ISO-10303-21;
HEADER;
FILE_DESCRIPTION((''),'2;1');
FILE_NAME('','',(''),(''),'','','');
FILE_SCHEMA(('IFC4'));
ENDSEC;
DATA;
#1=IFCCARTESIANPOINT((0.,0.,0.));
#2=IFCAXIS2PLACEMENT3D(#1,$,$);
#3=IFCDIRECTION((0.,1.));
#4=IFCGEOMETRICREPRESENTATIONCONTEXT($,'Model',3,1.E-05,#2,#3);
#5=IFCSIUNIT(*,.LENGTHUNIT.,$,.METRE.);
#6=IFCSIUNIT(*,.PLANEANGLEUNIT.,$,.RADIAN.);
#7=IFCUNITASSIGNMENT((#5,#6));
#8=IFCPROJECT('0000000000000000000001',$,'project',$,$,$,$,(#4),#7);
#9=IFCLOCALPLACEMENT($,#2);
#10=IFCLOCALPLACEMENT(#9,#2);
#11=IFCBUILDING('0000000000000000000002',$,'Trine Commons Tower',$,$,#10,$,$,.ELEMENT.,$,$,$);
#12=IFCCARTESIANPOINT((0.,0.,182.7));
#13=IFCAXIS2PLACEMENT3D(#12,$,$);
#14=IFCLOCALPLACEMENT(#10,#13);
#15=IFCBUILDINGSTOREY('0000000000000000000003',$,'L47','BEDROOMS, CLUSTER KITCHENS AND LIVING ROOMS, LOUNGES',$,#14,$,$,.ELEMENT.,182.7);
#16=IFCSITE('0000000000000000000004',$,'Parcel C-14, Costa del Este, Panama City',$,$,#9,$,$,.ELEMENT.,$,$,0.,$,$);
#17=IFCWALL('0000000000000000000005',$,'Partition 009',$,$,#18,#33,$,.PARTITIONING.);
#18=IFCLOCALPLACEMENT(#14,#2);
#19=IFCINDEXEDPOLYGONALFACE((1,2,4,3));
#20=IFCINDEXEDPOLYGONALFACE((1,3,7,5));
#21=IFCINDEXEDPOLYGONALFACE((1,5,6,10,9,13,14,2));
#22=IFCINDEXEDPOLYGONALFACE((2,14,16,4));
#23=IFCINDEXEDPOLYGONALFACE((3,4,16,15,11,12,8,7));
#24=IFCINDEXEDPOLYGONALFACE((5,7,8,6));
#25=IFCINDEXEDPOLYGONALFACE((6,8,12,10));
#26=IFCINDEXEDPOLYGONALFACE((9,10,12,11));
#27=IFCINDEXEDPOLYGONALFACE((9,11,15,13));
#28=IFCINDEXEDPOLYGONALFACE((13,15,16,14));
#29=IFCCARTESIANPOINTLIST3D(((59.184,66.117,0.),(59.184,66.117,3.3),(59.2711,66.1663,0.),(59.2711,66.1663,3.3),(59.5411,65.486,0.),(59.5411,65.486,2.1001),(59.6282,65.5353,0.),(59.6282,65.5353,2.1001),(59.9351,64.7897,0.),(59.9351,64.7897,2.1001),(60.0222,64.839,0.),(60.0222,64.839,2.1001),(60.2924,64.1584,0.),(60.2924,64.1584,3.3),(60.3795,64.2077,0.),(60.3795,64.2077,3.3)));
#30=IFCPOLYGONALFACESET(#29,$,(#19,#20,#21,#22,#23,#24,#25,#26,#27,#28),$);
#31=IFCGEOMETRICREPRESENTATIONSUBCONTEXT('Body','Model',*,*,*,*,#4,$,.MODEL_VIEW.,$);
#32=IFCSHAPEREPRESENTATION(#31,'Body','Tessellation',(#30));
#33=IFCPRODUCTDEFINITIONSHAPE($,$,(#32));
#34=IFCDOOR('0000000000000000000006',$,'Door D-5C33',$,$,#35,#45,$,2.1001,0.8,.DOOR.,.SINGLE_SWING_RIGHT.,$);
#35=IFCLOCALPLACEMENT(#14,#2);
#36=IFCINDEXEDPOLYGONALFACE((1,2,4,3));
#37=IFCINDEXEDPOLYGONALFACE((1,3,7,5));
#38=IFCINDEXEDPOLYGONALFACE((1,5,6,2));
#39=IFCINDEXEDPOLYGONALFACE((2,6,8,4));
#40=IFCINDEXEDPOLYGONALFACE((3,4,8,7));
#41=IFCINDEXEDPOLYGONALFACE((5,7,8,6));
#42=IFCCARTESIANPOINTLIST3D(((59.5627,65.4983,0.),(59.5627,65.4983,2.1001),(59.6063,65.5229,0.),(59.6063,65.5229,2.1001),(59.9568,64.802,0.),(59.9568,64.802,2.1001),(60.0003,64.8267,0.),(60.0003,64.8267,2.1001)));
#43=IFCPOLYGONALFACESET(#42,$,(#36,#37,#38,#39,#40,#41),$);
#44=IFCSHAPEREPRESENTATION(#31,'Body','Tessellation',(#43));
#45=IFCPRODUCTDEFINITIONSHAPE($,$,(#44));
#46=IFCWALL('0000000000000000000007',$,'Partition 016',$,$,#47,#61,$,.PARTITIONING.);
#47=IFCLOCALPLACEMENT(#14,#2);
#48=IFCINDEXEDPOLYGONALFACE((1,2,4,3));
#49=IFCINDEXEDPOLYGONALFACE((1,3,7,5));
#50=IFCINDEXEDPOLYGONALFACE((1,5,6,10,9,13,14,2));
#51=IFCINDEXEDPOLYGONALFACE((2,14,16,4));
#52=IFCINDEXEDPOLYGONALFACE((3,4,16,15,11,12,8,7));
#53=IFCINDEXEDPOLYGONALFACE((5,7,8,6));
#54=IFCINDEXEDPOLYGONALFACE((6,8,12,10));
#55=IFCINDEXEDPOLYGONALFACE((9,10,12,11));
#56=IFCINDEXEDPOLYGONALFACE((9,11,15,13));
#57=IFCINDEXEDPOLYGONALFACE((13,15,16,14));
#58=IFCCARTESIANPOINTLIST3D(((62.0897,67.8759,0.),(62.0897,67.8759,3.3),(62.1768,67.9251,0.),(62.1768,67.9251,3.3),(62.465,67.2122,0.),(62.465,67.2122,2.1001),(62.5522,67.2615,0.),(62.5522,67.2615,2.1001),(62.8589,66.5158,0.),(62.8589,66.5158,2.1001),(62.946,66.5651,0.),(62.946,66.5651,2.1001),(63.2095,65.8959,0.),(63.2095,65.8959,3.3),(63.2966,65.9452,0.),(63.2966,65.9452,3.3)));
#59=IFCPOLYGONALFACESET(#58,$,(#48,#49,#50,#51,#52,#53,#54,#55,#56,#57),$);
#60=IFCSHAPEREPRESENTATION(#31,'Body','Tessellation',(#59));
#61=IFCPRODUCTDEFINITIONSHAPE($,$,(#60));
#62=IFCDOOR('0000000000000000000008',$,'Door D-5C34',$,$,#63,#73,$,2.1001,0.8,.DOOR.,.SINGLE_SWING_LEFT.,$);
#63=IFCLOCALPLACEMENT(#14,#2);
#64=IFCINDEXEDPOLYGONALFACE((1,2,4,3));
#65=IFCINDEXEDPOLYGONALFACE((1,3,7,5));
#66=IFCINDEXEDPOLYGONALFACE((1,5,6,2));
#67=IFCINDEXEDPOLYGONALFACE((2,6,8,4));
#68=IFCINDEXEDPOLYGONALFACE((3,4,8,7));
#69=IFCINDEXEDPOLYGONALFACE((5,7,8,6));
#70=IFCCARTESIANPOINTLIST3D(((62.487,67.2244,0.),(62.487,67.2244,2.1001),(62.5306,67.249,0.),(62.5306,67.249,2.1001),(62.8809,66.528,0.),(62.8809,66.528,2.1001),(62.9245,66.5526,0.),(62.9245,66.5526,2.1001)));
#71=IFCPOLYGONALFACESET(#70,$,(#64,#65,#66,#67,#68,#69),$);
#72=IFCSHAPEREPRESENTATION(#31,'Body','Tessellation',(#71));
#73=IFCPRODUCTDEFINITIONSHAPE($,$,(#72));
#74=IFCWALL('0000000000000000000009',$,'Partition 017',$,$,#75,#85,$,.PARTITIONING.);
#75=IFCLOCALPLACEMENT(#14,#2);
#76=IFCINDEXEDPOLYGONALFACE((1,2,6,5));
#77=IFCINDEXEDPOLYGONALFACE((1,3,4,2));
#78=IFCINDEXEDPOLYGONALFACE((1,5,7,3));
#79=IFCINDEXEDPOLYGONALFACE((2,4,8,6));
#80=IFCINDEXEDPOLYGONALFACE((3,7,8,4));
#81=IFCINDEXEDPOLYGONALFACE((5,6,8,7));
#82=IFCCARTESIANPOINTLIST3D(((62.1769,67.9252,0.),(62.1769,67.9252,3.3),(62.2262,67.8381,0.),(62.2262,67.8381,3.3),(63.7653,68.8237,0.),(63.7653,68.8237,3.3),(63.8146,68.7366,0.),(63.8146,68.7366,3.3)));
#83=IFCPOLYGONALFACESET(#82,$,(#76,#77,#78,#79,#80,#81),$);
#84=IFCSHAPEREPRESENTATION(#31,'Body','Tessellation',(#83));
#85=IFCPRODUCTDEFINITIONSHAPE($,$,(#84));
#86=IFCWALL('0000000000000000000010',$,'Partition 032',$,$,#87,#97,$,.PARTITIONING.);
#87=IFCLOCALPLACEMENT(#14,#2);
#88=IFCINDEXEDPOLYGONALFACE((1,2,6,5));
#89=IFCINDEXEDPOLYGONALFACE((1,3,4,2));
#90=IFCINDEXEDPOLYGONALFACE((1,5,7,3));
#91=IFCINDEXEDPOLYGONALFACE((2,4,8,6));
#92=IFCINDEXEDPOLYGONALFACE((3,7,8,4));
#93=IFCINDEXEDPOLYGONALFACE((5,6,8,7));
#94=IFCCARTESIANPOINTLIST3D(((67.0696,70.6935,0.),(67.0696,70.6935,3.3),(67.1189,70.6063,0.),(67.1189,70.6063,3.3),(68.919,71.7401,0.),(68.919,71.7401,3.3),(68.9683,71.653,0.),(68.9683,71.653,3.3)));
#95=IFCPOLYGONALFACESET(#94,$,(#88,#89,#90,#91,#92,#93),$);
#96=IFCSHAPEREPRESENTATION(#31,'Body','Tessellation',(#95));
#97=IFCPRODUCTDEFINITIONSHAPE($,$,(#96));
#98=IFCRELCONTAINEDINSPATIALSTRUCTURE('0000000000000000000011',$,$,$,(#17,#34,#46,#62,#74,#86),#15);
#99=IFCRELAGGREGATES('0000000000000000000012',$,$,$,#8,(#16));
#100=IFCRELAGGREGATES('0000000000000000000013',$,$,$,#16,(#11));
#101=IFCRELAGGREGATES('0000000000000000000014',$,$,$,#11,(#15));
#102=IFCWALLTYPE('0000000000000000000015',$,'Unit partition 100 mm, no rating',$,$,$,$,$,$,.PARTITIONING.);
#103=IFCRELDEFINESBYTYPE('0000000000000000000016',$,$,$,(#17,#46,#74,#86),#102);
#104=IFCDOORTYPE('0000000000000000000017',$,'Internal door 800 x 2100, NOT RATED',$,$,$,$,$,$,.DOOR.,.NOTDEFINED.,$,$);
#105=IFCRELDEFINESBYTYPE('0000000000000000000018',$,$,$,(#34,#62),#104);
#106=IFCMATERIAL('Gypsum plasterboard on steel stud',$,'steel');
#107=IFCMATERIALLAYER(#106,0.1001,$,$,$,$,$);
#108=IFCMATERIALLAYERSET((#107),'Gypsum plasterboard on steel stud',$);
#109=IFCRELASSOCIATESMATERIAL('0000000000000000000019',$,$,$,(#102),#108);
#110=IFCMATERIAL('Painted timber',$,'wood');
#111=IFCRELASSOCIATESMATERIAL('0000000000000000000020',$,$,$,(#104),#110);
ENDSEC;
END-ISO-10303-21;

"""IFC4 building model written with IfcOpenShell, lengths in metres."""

from ifc_helpers import new_model, si_unit, direction, frame, frame_2d, origin, place, context, subcontext, project, spatial, rectangle, extrude, material, layer, layer_set, type_object, element, fill, save


model = new_model("IFC4")

# Units and contexts
model_context = context("Model", 3, precision=1e-05, world=origin(), true_north=direction((0.0, 1.0)))
body_context = subcontext(model_context, "Body", "Model", "MODEL_VIEW")
ifc_project = project(units=[si_unit("LENGTHUNIT", "METRE"), si_unit("PLANEANGLEUNIT", "RADIAN")], contexts=[model_context])

# Site, building, storey
site_placement = place(None, origin())
site = spatial("IfcSite", under=ifc_project, at=site_placement, Name="Parcel C-14, Costa del Este, Panama City", CompositionType="ELEMENT", RefElevation=0.0)
building_placement = place(site_placement, origin())
building = spatial("IfcBuilding", under=site, at=building_placement, Name="Trine Commons Tower", CompositionType="ELEMENT")
storey_placement = place(building_placement, frame((0.0, 0.0, 182.7)))
storey = spatial("IfcBuildingStorey", under=building, at=storey_placement, Name="L47", Description="BEDROOMS, CLUSTER KITCHENS AND LIVING ROOMS, LOUNGES", CompositionType="ELEMENT", Elevation=182.7)

# Shared definitions
ifc_material_1 = material(Name="Gypsum plasterboard on steel stud", Category="steel")

# Shared definitions
ifc_material_2 = material(Name="Painted timber", Category="wood")

# Walls, openings, doors
ifc_layer_1 = layer(ifc_material_1, 0.1001)
ifc_layer_set_1 = layer_set([ifc_layer_1], Name="Gypsum plasterboard on steel stud")
wall_type_1 = type_object("IfcWallType", Name="Unit partition 100 mm, no rating", PredefinedType="PARTITIONING", material=ifc_layer_set_1)
wall_1_placement = place(storey_placement, frame((59.2275, 66.1416, 0.0), z_axis=(0.0, 0.0, 1.0), x_axis=(0.492536, -0.870292, 0.0)))
wall_1 = element("IfcWall", 1, at=wall_1_placement, inside=storey, type_object=wall_type_1, Name="Partition 009", PredefinedType="PARTITIONING", context=body_context, shape_type="SweptSolid", body=[
    extrude(rectangle(XDim=2.2505, YDim=0.1001, at=frame_2d((1.1252, 0.0))), origin(), (0.0, 0.0, 1.0), 3.3),
])
opening_1_placement = place(wall_1_placement, frame((0.7251, 0.0, 0.0)))
opening_1 = element("IfcOpeningElement", 2, at=opening_1_placement, cuts=wall_1, PredefinedType="OPENING", context=body_context, shape_type="SweptSolid", body=[
    extrude(rectangle(XDim=0.8, YDim=2.1001, at=frame_2d((0.3999, 1.05))), frame((0.0, 0.0601, 0.0), z_axis=(0.0, -1.0, 0.0), x_axis=(1.0, 0.0, 0.0)), (0.0, 0.0, 1.0), 0.1201),
])
door_type_1 = type_object("IfcDoorType", Name="Internal door 800 x 2100, NOT RATED", OperationType="NOTDEFINED", PredefinedType="DOOR", material=ifc_material_2)
door_1_placement = place(opening_1_placement, origin())
door_1 = element("IfcDoor", 3, at=door_1_placement, inside=storey, type_object=door_type_1, Name="Door D-5C33", OperationType="SINGLE_SWING_RIGHT", OverallHeight=2.1001, OverallWidth=0.8, PredefinedType="DOOR", context=body_context, shape_type="SweptSolid", body=[
    extrude(rectangle(XDim=0.8, YDim=2.1001, at=frame_2d((0.3999, 1.05))), frame((0.0, 0.0249, 0.0), z_axis=(0.0, -1.0, 0.0), x_axis=(1.0, 0.0, 0.0)), (0.0, 0.0, 1.0), 0.05),
])
fill(opening_1, door_1)
wall_2_placement = place(storey_placement, frame((62.1333, 67.9004, 0.0), z_axis=(0.0, 0.0, 1.0), x_axis=(0.492308, -0.870421, 0.0)))
wall_2 = element("IfcWall", 4, at=wall_2_placement, inside=storey, type_object=wall_type_1, Name="Partition 016", PredefinedType="PARTITIONING", context=body_context, shape_type="SweptSolid", body=[
    extrude(rectangle(XDim=2.2747, YDim=0.1001, at=frame_2d((1.1372, 0.0))), origin(), (0.0, 0.0, 1.0), 3.3),
])
opening_2_placement = place(wall_2_placement, frame((0.7625, 0.0, 0.0)))
opening_2 = element("IfcOpeningElement", 5, at=opening_2_placement, cuts=wall_2, PredefinedType="OPENING", context=body_context, shape_type="SweptSolid", body=[
    extrude(rectangle(XDim=0.8, YDim=2.1001, at=frame_2d((0.3999, 1.05))), frame((0.0, 0.0601, 0.0), z_axis=(0.0, -1.0, 0.0), x_axis=(1.0, 0.0, 0.0)), (0.0, 0.0, 1.0), 0.1201),
])
door_2_placement = place(opening_2_placement, frame((0.8, 0.0, 0.0), z_axis=(0.0, 0.0, 1.0), x_axis=(-1.0, 0.0, 0.0)))
door_2 = element("IfcDoor", 6, at=door_2_placement, inside=storey, type_object=door_type_1, Name="Door D-5C34", OperationType="SINGLE_SWING_LEFT", OverallHeight=2.1001, OverallWidth=0.8, PredefinedType="DOOR", context=body_context, shape_type="SweptSolid", body=[
    extrude(rectangle(XDim=0.8, YDim=2.1001, at=frame_2d((0.3999, 1.05))), frame((0.0, 0.0249, 0.0), z_axis=(0.0, -1.0, 0.0), x_axis=(1.0, 0.0, 0.0)), (0.0, 0.0, 1.0), 0.05),
])
fill(opening_2, door_2)

# Walls
wall_3_placement = place(storey_placement, frame((62.2014, 67.8816, 0.0), z_axis=(0.0, 0.0, 1.0), x_axis=(0.870408, 0.492331, 0.0)))
element("IfcWall", 7, at=wall_3_placement, inside=storey, type_object=wall_type_1, Name="Partition 017", PredefinedType="PARTITIONING", context=body_context, shape_type="SweptSolid", body=[
    extrude(rectangle(XDim=1.825, YDim=0.1001, at=frame_2d((0.9126, 0.0))), origin(), (0.0, 0.0, 1.0), 3.3),
])
wall_4_placement = place(storey_placement, frame((67.0942, 70.6499, 0.0), z_axis=(0.0, 0.0, 1.0), x_axis=(0.870293, 0.492534, 0.0)))
element("IfcWall", 8, at=wall_4_placement, inside=storey, type_object=wall_type_1, Name="Partition 032", PredefinedType="PARTITIONING", context=body_context, shape_type="SweptSolid", body=[
    extrude(rectangle(XDim=2.125, YDim=0.1001, at=frame_2d((1.0625, 0.0))), origin(), (0.0, 0.0, 1.0), 3.3),
])

save(model, "model.ifc")
